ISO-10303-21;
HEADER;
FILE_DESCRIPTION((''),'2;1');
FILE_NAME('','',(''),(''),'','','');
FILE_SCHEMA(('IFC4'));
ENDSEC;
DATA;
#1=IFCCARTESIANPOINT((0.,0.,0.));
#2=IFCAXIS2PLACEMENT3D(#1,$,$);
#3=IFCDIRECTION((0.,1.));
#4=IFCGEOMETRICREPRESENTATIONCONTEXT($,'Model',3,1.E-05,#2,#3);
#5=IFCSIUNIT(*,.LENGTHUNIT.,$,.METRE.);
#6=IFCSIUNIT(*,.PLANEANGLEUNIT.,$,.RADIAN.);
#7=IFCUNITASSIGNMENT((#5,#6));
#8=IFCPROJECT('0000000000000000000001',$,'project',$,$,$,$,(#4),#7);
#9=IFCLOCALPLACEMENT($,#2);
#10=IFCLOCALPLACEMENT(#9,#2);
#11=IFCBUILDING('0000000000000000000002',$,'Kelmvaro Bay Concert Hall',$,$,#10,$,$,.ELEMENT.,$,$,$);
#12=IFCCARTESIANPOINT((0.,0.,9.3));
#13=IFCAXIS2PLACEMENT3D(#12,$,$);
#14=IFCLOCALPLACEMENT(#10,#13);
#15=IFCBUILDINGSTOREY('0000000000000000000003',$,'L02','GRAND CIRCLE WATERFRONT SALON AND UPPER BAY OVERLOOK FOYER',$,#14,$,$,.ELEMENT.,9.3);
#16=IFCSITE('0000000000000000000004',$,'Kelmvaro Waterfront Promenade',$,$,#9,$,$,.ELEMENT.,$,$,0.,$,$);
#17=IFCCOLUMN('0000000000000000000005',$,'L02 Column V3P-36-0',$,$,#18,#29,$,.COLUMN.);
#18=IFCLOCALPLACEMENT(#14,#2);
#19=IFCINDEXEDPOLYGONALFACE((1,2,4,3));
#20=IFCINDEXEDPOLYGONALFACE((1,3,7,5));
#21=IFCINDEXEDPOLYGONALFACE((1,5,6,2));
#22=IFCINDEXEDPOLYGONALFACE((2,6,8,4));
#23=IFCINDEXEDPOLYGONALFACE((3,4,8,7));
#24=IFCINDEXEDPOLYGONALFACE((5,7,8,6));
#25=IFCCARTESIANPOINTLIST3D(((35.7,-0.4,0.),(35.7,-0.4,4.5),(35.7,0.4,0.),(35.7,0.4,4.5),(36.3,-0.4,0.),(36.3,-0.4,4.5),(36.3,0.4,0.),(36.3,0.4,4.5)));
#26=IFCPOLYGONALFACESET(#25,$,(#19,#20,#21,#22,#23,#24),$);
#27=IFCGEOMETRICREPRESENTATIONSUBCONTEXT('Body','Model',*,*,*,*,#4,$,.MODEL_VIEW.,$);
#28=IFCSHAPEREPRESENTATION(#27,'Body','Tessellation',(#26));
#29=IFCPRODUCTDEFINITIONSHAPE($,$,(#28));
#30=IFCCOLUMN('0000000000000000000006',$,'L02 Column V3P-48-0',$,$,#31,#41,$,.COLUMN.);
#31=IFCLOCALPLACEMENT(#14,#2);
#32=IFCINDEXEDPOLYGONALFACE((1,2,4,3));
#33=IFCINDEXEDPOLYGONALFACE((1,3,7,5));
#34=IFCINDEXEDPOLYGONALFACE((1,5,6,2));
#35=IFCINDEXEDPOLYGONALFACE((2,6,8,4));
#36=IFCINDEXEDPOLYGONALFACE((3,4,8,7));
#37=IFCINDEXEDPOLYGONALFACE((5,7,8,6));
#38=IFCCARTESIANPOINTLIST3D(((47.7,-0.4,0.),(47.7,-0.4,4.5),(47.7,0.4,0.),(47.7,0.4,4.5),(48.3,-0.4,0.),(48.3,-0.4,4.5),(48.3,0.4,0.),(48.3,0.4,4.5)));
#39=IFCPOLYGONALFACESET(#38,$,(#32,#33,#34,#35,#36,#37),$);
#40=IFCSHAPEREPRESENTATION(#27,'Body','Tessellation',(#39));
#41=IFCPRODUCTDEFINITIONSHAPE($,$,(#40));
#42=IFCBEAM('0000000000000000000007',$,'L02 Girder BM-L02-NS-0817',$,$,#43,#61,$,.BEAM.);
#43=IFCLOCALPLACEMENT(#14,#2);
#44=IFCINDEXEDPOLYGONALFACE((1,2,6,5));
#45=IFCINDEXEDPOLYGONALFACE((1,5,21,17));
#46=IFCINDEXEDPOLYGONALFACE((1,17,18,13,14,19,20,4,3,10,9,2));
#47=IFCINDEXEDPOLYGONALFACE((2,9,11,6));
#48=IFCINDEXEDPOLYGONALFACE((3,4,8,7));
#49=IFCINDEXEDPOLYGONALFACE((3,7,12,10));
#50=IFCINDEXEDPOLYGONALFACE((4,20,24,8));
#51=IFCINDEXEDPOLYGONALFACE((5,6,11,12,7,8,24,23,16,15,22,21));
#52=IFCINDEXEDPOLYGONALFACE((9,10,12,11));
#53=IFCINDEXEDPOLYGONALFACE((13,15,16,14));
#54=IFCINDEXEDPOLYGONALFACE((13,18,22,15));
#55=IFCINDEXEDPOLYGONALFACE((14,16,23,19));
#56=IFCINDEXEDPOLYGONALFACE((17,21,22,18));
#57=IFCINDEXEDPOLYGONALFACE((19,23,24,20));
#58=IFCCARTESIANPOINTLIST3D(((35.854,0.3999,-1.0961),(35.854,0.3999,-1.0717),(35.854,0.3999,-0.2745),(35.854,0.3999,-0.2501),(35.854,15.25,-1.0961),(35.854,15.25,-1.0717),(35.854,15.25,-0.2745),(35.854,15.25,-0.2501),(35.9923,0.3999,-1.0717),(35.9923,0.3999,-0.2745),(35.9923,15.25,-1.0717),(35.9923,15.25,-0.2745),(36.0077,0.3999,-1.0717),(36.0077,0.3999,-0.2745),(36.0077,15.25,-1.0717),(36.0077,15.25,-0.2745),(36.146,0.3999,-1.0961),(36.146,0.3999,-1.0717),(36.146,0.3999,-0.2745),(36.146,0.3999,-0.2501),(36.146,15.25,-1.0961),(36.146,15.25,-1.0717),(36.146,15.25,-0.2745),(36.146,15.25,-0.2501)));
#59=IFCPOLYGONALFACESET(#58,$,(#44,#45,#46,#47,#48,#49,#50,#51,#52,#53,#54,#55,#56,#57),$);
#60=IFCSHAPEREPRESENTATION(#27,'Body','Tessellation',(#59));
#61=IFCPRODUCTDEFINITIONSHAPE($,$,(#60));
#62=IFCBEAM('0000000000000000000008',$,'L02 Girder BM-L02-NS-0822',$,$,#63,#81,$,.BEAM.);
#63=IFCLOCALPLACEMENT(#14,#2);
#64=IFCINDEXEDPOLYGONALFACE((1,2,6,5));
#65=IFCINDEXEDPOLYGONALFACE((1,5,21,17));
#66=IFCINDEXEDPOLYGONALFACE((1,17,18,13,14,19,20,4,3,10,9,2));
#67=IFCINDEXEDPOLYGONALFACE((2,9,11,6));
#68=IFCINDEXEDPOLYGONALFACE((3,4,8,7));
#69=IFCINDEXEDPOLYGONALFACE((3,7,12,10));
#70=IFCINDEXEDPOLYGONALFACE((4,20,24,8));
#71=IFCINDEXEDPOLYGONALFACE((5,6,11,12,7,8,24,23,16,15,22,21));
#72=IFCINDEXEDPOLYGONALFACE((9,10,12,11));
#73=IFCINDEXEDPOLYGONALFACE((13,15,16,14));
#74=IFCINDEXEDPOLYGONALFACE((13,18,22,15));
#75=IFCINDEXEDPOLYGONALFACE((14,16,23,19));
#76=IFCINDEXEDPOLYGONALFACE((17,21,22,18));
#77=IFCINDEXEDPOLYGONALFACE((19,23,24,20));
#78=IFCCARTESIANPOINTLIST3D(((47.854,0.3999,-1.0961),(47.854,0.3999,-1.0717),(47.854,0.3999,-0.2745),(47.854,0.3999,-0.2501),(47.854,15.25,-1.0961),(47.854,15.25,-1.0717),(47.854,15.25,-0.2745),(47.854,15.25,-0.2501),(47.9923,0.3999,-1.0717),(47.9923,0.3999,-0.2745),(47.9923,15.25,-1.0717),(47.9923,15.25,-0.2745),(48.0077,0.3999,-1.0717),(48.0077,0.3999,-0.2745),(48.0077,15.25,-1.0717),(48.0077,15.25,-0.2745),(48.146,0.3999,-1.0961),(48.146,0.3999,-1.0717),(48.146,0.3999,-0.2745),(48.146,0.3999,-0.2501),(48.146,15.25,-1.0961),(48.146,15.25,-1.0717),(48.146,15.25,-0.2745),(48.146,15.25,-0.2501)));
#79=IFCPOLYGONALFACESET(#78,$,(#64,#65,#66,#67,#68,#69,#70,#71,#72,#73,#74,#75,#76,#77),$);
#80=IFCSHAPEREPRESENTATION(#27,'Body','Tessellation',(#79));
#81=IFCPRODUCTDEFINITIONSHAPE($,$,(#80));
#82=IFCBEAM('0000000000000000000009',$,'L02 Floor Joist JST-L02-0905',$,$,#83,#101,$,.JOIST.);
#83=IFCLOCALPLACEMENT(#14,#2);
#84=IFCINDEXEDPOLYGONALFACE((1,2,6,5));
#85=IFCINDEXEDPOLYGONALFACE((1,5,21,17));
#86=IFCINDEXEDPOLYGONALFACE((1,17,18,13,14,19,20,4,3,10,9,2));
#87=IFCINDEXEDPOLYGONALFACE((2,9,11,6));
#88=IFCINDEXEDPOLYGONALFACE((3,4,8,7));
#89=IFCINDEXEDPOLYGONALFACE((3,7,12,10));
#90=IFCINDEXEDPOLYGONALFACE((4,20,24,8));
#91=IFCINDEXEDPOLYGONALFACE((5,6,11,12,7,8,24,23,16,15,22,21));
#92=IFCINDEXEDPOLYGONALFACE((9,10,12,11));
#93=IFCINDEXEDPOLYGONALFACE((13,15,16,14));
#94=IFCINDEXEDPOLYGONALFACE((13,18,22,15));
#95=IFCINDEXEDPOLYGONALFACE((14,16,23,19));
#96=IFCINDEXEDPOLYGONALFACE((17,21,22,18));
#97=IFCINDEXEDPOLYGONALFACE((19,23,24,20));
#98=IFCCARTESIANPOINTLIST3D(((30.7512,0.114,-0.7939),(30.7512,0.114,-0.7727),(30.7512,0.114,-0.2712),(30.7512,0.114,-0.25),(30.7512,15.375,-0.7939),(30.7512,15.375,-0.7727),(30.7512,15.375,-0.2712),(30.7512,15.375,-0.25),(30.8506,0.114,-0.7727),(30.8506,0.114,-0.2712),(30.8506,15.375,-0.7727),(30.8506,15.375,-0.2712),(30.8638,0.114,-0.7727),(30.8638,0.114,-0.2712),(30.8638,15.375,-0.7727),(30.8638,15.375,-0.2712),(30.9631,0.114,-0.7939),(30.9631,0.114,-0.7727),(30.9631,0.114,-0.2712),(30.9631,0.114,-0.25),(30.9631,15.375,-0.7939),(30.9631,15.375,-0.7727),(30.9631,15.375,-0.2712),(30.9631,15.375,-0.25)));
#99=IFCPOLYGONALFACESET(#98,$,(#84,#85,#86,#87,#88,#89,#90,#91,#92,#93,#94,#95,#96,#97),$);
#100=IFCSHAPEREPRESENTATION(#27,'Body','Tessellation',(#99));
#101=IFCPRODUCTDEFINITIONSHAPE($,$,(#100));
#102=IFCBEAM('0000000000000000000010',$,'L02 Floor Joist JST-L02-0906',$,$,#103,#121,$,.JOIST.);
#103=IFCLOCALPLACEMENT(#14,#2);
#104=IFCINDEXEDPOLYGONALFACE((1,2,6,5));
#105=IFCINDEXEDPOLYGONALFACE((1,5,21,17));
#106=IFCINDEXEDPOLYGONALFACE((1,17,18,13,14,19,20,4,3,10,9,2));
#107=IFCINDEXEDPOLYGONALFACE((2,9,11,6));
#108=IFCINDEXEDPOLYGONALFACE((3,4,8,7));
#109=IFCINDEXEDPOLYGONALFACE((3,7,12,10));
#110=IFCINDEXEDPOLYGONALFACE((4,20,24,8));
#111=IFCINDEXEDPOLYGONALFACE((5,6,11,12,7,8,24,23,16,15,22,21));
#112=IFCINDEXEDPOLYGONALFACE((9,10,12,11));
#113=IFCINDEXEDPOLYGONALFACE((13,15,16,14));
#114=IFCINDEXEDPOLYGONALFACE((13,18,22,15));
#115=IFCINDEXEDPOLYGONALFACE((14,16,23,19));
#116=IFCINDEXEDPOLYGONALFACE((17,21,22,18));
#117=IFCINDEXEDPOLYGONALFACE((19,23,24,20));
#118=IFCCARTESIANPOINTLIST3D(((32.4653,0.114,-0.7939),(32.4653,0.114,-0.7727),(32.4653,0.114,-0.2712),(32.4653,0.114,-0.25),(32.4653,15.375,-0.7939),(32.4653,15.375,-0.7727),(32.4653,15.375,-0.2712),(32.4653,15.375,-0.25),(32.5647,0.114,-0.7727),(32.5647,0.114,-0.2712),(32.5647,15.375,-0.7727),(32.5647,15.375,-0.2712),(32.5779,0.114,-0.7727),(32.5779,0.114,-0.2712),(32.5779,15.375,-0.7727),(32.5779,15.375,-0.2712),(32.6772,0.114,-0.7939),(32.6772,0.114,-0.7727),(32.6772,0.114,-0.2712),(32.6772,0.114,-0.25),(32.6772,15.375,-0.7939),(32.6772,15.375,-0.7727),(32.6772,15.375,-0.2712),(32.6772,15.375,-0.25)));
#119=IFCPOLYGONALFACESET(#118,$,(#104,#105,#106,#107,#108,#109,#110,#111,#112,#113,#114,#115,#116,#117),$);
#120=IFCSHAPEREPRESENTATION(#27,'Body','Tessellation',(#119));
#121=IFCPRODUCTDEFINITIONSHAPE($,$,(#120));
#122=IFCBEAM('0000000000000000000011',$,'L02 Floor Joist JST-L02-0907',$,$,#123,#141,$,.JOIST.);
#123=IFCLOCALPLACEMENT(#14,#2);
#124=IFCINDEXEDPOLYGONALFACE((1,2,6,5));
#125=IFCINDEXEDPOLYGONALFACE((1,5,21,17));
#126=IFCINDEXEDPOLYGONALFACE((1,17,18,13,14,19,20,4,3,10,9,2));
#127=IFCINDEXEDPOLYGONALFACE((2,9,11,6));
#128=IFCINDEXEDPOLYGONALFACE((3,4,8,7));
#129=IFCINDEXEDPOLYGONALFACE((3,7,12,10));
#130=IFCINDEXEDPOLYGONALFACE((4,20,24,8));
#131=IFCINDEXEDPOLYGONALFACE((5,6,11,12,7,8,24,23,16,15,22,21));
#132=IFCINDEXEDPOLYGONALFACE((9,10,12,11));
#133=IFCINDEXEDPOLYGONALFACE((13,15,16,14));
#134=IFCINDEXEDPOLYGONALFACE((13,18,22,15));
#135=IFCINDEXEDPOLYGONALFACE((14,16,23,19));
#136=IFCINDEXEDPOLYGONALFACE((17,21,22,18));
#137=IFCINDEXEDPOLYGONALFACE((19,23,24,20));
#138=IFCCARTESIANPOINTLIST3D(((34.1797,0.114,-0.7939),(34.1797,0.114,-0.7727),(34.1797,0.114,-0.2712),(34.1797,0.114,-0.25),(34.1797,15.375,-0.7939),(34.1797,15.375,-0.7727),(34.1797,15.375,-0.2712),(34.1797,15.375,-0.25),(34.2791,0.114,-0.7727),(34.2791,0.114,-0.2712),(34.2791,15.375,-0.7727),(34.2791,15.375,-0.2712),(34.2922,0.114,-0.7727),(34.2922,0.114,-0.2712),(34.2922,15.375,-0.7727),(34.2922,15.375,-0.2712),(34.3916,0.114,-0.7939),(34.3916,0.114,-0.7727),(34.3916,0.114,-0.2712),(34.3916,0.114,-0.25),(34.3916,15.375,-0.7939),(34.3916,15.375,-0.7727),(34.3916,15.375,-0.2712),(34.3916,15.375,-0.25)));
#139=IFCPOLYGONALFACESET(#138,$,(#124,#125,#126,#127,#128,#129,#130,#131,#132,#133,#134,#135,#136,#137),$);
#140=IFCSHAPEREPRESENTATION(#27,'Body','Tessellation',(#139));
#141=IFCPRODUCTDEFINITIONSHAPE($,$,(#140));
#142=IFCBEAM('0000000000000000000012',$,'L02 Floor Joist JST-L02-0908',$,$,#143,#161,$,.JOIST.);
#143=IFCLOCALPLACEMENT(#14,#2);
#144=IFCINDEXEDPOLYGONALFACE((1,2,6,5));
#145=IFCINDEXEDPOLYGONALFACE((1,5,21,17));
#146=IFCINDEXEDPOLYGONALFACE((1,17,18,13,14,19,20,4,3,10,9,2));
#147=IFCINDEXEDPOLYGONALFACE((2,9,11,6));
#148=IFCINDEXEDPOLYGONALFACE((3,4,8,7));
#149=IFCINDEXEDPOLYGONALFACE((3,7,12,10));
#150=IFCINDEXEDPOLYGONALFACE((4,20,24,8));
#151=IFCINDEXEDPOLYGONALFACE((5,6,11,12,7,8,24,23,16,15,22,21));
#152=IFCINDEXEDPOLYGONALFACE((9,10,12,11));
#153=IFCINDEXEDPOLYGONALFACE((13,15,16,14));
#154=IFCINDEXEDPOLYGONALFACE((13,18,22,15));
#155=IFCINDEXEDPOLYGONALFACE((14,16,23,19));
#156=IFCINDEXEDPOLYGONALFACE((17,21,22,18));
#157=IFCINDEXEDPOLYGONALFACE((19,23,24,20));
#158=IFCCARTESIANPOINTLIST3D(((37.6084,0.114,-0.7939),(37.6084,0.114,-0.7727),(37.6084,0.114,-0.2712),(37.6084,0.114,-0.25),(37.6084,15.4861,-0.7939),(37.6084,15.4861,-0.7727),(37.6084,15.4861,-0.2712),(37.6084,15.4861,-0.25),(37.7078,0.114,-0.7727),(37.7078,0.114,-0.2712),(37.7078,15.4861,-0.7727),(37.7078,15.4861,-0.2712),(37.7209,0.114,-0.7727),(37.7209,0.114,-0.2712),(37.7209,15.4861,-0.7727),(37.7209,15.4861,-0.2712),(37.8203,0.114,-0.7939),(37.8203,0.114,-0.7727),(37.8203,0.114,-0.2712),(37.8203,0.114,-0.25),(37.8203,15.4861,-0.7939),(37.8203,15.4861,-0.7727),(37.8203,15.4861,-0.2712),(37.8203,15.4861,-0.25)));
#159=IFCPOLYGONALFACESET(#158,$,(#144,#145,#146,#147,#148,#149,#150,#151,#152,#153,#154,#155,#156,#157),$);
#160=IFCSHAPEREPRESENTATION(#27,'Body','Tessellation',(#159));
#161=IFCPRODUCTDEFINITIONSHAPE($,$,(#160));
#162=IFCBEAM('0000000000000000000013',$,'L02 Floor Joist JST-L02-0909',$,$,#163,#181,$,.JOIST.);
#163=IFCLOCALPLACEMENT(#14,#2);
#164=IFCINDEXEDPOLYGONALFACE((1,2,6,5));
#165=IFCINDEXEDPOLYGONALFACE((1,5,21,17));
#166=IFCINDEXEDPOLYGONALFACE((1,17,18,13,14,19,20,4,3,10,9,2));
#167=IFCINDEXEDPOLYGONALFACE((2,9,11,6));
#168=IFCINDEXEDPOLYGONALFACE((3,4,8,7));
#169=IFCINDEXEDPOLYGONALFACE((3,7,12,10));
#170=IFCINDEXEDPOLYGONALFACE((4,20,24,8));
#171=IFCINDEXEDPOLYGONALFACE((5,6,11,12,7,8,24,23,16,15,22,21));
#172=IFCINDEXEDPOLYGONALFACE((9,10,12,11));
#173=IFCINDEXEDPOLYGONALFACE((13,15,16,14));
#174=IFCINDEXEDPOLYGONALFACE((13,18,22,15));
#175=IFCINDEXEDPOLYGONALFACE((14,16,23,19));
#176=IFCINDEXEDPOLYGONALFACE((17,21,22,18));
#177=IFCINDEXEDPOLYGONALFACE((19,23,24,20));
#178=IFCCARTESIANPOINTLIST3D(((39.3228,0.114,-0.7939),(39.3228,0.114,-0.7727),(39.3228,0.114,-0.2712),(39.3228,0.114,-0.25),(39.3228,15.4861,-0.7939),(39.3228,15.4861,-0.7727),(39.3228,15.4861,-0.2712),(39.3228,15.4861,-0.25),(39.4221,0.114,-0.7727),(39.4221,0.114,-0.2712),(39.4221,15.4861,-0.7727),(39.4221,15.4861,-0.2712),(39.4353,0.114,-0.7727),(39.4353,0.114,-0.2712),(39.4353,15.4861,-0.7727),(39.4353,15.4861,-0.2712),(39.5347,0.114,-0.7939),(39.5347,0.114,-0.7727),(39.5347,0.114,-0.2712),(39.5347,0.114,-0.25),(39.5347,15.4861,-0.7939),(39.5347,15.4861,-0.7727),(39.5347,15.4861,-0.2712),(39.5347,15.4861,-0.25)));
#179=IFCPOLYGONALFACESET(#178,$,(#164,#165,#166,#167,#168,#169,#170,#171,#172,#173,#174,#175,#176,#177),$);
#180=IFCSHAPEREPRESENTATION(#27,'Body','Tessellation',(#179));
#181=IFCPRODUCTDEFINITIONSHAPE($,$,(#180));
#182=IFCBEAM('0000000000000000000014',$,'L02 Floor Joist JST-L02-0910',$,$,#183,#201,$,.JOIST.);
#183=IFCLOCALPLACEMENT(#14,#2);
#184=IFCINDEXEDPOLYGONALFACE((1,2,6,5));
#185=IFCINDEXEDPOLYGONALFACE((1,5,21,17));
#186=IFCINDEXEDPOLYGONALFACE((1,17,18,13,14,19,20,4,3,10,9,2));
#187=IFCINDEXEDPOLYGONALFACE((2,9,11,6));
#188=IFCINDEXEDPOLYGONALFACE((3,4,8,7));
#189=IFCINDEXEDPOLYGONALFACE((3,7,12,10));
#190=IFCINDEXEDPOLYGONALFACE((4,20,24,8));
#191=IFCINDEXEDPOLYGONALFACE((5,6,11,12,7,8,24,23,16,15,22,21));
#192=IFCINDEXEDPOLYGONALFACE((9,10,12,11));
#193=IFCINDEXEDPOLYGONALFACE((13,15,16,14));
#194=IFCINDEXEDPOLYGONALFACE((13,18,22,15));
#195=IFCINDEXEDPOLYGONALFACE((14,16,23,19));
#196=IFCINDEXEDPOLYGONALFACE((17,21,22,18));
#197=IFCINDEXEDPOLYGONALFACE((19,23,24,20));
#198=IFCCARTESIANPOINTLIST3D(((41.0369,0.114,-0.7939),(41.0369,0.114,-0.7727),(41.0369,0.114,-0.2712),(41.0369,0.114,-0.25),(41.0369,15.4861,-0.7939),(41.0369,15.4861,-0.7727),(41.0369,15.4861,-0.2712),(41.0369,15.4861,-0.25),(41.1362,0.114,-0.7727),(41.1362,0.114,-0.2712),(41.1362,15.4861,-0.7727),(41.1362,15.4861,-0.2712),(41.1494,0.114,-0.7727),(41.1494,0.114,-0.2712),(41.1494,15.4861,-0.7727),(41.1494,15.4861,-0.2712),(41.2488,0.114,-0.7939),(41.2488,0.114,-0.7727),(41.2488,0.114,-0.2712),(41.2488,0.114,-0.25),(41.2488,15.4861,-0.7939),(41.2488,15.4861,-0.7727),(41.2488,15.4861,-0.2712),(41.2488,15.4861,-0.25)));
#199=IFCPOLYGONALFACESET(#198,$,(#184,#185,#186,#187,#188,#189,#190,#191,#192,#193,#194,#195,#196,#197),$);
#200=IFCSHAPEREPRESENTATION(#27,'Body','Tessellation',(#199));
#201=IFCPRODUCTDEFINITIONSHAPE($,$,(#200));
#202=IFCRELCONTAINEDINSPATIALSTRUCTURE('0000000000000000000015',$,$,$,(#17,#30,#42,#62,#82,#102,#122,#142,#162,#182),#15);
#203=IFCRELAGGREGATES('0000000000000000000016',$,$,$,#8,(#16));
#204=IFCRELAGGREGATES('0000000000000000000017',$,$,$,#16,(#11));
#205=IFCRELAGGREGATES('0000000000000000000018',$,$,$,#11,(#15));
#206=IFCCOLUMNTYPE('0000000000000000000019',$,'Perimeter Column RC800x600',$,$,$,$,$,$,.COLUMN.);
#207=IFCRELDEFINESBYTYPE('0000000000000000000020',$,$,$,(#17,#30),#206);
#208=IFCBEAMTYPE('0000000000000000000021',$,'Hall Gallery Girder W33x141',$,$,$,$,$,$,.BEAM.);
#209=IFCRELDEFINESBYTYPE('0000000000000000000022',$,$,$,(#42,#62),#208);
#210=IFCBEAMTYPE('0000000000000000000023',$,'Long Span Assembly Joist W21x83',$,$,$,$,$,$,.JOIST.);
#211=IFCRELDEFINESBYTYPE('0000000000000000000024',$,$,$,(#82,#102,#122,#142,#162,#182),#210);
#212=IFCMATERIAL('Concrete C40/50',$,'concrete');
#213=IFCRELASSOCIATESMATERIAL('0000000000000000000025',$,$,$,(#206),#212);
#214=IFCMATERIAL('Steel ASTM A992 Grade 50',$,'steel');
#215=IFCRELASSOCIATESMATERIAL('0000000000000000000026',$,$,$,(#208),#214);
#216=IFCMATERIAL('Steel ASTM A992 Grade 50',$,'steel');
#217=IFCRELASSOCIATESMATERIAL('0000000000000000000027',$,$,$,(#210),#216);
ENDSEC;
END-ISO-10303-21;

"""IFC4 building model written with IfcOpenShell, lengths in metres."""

from ifc_helpers import new_model, si_unit, direction, frame, origin, origin_2d, place, context, subcontext, project, spatial, rectangle, i_section, extrude, material, material_profile, profile_set, type_object, element, save


model = new_model("IFC4")

# Units and contexts
model_context = context("Model", 3, precision=1e-05, world=origin(), true_north=direction((0.0, 1.0)))
body_context = subcontext(model_context, "Body", "Model", "MODEL_VIEW")
ifc_project = project(units=[si_unit("LENGTHUNIT", "METRE"), si_unit("PLANEANGLEUNIT", "RADIAN")], contexts=[model_context])

# Site, building, storey
site_placement = place(None, origin())
site = spatial("IfcSite", under=ifc_project, at=site_placement, Name="Kelmvaro Waterfront Promenade", CompositionType="ELEMENT", RefElevation=0.0)
building_placement = place(site_placement, origin())
building = spatial("IfcBuilding", under=site, at=building_placement, Name="Kelmvaro Bay Concert Hall", CompositionType="ELEMENT")
storey_placement = place(building_placement, frame((0.0, 0.0, 9.3)))
storey = spatial("IfcBuildingStorey", under=building, at=storey_placement, Name="L02", Description="GRAND CIRCLE WATERFRONT SALON AND UPPER BAY OVERLOOK FOYER", CompositionType="ELEMENT", Elevation=9.3)

# Columns
ifc_material_1 = material(Name="Concrete C40/50", Category="concrete")
ifc_material_profile_1 = material_profile(ifc_material_1, rectangle(XDim=0.6001, YDim=0.8, at=origin_2d()), Name="RC-COL-800X600")
ifc_profile_set_1 = profile_set([ifc_material_profile_1], Name="Concrete C40/50")
column_type = type_object("IfcColumnType", Name="Perimeter Column RC800x600", PredefinedType="COLUMN", material=ifc_profile_set_1)
for number, where, z_axis, x_axis, name in (
    (1, (36.0, 0.0, 0.0), (0.0, 0.0, 1.0), (1.0, 0.0, 0.0), "L02 Column V3P-36-0"),
    (2, (48.0, 0.0, 0.0), (0.0, 0.0, 1.0), (1.0, 0.0, 0.0), "L02 Column V3P-48-0"),
):
    element("IfcColumn", number, at=place(storey_placement, frame(where, z_axis=z_axis, x_axis=x_axis)), inside=storey, type_object=column_type, Name=name, PredefinedType="COLUMN", context=body_context, shape_type="SweptSolid", body=[
        extrude(rectangle(XDim=0.6001, YDim=0.8, at=origin_2d()), origin(), (0.0, 0.0, 1.0), 4.5),
    ])

# Beams
ifc_material_2 = material(Name="Steel ASTM A992 Grade 50", Category="steel")
ifc_material_profile_2 = material_profile(ifc_material_2, i_section(OverallWidth=0.292, OverallDepth=0.8459, WebThickness=0.0154, FlangeThickness=0.0244, at=origin_2d()), Name="W33X141")
ifc_profile_set_2 = profile_set([ifc_material_profile_2], Name="Steel ASTM A992 Grade 50")
beam_type_1 = type_object("IfcBeamType", Name="Hall Gallery Girder W33x141", PredefinedType="BEAM", material=ifc_profile_set_2)
for number, where, z_axis, x_axis, name in (
    (3, (36.0, 0.3999, -0.6731), (0.0, 1.0, 0.0), (-1.0, 0.0, 0.0), "L02 Girder BM-L02-NS-0817"),
    (4, (48.0, 0.3999, -0.6731), (0.0, 1.0, 0.0), (-1.0, 0.0, 0.0), "L02 Girder BM-L02-NS-0822"),
):
    element("IfcBeam", number, at=place(storey_placement, frame(where, z_axis=z_axis, x_axis=x_axis)), inside=storey, type_object=beam_type_1, Name=name, PredefinedType="BEAM", context=body_context, shape_type="SweptSolid", body=[
        extrude(i_section(OverallWidth=0.292, OverallDepth=0.8459, WebThickness=0.0154, FlangeThickness=0.0244, at=origin_2d()), origin(), (0.0, 0.0, 1.0), 14.8501),
    ])
ifc_material_3 = material(Name="Steel ASTM A992 Grade 50", Category="steel")
ifc_material_profile_3 = material_profile(ifc_material_3, i_section(OverallWidth=0.2119, OverallDepth=0.5439, WebThickness=0.0132, FlangeThickness=0.0212, at=origin_2d()), Name="W21X83")
ifc_profile_set_3 = profile_set([ifc_material_profile_3], Name="Steel ASTM A992 Grade 50")
beam_type_2 = type_object("IfcBeamType", Name="Long Span Assembly Joist W21x83", PredefinedType="JOIST", material=ifc_profile_set_3)
for number, where, z_axis, x_axis, name in (
    (5, (30.8572, 0.114, -0.522), (0.0, 1.0, 0.0), (-1.0, 0.0, 0.0), "L02 Floor Joist JST-L02-0905"),
    (6, (32.5713, 0.114, -0.522), (0.0, 1.0, 0.0), (-1.0, 0.0, 0.0), "L02 Floor Joist JST-L02-0906"),
    (7, (34.2856, 0.114, -0.522), (0.0, 1.0, 0.0), (-1.0, 0.0, 0.0), "L02 Floor Joist JST-L02-0907"),
):
    element("IfcBeam", number, at=place(storey_placement, frame(where, z_axis=z_axis, x_axis=x_axis)), inside=storey, type_object=beam_type_2, Name=name, PredefinedType="JOIST", context=body_context, shape_type="SweptSolid", body=[
        extrude(i_section(OverallWidth=0.2119, OverallDepth=0.5439, WebThickness=0.0132, FlangeThickness=0.0212, at=origin_2d()), origin(), (0.0, 0.0, 1.0), 15.261),
    ])
for number, where, z_axis, x_axis, name in (
    (8, (37.7144, 0.114, -0.522), (0.0, 1.0, 0.0), (-1.0, 0.0, 0.0), "L02 Floor Joist JST-L02-0908"),
    (9, (39.4287, 0.114, -0.522), (0.0, 1.0, 0.0), (-1.0, 0.0, 0.0), "L02 Floor Joist JST-L02-0909"),
    (10, (41.1428, 0.114, -0.522), (0.0, 1.0, 0.0), (-1.0, 0.0, 0.0), "L02 Floor Joist JST-L02-0910"),
):
    element("IfcBeam", number, at=place(storey_placement, frame(where, z_axis=z_axis, x_axis=x_axis)), inside=storey, type_object=beam_type_2, Name=name, PredefinedType="JOIST", context=body_context, shape_type="SweptSolid", body=[
        extrude(i_section(OverallWidth=0.2119, OverallDepth=0.5439, WebThickness=0.0132, FlangeThickness=0.0212, at=origin_2d()), origin(), (0.0, 0.0, 1.0), 15.3721),
    ])

save(model, "model.ifc")
